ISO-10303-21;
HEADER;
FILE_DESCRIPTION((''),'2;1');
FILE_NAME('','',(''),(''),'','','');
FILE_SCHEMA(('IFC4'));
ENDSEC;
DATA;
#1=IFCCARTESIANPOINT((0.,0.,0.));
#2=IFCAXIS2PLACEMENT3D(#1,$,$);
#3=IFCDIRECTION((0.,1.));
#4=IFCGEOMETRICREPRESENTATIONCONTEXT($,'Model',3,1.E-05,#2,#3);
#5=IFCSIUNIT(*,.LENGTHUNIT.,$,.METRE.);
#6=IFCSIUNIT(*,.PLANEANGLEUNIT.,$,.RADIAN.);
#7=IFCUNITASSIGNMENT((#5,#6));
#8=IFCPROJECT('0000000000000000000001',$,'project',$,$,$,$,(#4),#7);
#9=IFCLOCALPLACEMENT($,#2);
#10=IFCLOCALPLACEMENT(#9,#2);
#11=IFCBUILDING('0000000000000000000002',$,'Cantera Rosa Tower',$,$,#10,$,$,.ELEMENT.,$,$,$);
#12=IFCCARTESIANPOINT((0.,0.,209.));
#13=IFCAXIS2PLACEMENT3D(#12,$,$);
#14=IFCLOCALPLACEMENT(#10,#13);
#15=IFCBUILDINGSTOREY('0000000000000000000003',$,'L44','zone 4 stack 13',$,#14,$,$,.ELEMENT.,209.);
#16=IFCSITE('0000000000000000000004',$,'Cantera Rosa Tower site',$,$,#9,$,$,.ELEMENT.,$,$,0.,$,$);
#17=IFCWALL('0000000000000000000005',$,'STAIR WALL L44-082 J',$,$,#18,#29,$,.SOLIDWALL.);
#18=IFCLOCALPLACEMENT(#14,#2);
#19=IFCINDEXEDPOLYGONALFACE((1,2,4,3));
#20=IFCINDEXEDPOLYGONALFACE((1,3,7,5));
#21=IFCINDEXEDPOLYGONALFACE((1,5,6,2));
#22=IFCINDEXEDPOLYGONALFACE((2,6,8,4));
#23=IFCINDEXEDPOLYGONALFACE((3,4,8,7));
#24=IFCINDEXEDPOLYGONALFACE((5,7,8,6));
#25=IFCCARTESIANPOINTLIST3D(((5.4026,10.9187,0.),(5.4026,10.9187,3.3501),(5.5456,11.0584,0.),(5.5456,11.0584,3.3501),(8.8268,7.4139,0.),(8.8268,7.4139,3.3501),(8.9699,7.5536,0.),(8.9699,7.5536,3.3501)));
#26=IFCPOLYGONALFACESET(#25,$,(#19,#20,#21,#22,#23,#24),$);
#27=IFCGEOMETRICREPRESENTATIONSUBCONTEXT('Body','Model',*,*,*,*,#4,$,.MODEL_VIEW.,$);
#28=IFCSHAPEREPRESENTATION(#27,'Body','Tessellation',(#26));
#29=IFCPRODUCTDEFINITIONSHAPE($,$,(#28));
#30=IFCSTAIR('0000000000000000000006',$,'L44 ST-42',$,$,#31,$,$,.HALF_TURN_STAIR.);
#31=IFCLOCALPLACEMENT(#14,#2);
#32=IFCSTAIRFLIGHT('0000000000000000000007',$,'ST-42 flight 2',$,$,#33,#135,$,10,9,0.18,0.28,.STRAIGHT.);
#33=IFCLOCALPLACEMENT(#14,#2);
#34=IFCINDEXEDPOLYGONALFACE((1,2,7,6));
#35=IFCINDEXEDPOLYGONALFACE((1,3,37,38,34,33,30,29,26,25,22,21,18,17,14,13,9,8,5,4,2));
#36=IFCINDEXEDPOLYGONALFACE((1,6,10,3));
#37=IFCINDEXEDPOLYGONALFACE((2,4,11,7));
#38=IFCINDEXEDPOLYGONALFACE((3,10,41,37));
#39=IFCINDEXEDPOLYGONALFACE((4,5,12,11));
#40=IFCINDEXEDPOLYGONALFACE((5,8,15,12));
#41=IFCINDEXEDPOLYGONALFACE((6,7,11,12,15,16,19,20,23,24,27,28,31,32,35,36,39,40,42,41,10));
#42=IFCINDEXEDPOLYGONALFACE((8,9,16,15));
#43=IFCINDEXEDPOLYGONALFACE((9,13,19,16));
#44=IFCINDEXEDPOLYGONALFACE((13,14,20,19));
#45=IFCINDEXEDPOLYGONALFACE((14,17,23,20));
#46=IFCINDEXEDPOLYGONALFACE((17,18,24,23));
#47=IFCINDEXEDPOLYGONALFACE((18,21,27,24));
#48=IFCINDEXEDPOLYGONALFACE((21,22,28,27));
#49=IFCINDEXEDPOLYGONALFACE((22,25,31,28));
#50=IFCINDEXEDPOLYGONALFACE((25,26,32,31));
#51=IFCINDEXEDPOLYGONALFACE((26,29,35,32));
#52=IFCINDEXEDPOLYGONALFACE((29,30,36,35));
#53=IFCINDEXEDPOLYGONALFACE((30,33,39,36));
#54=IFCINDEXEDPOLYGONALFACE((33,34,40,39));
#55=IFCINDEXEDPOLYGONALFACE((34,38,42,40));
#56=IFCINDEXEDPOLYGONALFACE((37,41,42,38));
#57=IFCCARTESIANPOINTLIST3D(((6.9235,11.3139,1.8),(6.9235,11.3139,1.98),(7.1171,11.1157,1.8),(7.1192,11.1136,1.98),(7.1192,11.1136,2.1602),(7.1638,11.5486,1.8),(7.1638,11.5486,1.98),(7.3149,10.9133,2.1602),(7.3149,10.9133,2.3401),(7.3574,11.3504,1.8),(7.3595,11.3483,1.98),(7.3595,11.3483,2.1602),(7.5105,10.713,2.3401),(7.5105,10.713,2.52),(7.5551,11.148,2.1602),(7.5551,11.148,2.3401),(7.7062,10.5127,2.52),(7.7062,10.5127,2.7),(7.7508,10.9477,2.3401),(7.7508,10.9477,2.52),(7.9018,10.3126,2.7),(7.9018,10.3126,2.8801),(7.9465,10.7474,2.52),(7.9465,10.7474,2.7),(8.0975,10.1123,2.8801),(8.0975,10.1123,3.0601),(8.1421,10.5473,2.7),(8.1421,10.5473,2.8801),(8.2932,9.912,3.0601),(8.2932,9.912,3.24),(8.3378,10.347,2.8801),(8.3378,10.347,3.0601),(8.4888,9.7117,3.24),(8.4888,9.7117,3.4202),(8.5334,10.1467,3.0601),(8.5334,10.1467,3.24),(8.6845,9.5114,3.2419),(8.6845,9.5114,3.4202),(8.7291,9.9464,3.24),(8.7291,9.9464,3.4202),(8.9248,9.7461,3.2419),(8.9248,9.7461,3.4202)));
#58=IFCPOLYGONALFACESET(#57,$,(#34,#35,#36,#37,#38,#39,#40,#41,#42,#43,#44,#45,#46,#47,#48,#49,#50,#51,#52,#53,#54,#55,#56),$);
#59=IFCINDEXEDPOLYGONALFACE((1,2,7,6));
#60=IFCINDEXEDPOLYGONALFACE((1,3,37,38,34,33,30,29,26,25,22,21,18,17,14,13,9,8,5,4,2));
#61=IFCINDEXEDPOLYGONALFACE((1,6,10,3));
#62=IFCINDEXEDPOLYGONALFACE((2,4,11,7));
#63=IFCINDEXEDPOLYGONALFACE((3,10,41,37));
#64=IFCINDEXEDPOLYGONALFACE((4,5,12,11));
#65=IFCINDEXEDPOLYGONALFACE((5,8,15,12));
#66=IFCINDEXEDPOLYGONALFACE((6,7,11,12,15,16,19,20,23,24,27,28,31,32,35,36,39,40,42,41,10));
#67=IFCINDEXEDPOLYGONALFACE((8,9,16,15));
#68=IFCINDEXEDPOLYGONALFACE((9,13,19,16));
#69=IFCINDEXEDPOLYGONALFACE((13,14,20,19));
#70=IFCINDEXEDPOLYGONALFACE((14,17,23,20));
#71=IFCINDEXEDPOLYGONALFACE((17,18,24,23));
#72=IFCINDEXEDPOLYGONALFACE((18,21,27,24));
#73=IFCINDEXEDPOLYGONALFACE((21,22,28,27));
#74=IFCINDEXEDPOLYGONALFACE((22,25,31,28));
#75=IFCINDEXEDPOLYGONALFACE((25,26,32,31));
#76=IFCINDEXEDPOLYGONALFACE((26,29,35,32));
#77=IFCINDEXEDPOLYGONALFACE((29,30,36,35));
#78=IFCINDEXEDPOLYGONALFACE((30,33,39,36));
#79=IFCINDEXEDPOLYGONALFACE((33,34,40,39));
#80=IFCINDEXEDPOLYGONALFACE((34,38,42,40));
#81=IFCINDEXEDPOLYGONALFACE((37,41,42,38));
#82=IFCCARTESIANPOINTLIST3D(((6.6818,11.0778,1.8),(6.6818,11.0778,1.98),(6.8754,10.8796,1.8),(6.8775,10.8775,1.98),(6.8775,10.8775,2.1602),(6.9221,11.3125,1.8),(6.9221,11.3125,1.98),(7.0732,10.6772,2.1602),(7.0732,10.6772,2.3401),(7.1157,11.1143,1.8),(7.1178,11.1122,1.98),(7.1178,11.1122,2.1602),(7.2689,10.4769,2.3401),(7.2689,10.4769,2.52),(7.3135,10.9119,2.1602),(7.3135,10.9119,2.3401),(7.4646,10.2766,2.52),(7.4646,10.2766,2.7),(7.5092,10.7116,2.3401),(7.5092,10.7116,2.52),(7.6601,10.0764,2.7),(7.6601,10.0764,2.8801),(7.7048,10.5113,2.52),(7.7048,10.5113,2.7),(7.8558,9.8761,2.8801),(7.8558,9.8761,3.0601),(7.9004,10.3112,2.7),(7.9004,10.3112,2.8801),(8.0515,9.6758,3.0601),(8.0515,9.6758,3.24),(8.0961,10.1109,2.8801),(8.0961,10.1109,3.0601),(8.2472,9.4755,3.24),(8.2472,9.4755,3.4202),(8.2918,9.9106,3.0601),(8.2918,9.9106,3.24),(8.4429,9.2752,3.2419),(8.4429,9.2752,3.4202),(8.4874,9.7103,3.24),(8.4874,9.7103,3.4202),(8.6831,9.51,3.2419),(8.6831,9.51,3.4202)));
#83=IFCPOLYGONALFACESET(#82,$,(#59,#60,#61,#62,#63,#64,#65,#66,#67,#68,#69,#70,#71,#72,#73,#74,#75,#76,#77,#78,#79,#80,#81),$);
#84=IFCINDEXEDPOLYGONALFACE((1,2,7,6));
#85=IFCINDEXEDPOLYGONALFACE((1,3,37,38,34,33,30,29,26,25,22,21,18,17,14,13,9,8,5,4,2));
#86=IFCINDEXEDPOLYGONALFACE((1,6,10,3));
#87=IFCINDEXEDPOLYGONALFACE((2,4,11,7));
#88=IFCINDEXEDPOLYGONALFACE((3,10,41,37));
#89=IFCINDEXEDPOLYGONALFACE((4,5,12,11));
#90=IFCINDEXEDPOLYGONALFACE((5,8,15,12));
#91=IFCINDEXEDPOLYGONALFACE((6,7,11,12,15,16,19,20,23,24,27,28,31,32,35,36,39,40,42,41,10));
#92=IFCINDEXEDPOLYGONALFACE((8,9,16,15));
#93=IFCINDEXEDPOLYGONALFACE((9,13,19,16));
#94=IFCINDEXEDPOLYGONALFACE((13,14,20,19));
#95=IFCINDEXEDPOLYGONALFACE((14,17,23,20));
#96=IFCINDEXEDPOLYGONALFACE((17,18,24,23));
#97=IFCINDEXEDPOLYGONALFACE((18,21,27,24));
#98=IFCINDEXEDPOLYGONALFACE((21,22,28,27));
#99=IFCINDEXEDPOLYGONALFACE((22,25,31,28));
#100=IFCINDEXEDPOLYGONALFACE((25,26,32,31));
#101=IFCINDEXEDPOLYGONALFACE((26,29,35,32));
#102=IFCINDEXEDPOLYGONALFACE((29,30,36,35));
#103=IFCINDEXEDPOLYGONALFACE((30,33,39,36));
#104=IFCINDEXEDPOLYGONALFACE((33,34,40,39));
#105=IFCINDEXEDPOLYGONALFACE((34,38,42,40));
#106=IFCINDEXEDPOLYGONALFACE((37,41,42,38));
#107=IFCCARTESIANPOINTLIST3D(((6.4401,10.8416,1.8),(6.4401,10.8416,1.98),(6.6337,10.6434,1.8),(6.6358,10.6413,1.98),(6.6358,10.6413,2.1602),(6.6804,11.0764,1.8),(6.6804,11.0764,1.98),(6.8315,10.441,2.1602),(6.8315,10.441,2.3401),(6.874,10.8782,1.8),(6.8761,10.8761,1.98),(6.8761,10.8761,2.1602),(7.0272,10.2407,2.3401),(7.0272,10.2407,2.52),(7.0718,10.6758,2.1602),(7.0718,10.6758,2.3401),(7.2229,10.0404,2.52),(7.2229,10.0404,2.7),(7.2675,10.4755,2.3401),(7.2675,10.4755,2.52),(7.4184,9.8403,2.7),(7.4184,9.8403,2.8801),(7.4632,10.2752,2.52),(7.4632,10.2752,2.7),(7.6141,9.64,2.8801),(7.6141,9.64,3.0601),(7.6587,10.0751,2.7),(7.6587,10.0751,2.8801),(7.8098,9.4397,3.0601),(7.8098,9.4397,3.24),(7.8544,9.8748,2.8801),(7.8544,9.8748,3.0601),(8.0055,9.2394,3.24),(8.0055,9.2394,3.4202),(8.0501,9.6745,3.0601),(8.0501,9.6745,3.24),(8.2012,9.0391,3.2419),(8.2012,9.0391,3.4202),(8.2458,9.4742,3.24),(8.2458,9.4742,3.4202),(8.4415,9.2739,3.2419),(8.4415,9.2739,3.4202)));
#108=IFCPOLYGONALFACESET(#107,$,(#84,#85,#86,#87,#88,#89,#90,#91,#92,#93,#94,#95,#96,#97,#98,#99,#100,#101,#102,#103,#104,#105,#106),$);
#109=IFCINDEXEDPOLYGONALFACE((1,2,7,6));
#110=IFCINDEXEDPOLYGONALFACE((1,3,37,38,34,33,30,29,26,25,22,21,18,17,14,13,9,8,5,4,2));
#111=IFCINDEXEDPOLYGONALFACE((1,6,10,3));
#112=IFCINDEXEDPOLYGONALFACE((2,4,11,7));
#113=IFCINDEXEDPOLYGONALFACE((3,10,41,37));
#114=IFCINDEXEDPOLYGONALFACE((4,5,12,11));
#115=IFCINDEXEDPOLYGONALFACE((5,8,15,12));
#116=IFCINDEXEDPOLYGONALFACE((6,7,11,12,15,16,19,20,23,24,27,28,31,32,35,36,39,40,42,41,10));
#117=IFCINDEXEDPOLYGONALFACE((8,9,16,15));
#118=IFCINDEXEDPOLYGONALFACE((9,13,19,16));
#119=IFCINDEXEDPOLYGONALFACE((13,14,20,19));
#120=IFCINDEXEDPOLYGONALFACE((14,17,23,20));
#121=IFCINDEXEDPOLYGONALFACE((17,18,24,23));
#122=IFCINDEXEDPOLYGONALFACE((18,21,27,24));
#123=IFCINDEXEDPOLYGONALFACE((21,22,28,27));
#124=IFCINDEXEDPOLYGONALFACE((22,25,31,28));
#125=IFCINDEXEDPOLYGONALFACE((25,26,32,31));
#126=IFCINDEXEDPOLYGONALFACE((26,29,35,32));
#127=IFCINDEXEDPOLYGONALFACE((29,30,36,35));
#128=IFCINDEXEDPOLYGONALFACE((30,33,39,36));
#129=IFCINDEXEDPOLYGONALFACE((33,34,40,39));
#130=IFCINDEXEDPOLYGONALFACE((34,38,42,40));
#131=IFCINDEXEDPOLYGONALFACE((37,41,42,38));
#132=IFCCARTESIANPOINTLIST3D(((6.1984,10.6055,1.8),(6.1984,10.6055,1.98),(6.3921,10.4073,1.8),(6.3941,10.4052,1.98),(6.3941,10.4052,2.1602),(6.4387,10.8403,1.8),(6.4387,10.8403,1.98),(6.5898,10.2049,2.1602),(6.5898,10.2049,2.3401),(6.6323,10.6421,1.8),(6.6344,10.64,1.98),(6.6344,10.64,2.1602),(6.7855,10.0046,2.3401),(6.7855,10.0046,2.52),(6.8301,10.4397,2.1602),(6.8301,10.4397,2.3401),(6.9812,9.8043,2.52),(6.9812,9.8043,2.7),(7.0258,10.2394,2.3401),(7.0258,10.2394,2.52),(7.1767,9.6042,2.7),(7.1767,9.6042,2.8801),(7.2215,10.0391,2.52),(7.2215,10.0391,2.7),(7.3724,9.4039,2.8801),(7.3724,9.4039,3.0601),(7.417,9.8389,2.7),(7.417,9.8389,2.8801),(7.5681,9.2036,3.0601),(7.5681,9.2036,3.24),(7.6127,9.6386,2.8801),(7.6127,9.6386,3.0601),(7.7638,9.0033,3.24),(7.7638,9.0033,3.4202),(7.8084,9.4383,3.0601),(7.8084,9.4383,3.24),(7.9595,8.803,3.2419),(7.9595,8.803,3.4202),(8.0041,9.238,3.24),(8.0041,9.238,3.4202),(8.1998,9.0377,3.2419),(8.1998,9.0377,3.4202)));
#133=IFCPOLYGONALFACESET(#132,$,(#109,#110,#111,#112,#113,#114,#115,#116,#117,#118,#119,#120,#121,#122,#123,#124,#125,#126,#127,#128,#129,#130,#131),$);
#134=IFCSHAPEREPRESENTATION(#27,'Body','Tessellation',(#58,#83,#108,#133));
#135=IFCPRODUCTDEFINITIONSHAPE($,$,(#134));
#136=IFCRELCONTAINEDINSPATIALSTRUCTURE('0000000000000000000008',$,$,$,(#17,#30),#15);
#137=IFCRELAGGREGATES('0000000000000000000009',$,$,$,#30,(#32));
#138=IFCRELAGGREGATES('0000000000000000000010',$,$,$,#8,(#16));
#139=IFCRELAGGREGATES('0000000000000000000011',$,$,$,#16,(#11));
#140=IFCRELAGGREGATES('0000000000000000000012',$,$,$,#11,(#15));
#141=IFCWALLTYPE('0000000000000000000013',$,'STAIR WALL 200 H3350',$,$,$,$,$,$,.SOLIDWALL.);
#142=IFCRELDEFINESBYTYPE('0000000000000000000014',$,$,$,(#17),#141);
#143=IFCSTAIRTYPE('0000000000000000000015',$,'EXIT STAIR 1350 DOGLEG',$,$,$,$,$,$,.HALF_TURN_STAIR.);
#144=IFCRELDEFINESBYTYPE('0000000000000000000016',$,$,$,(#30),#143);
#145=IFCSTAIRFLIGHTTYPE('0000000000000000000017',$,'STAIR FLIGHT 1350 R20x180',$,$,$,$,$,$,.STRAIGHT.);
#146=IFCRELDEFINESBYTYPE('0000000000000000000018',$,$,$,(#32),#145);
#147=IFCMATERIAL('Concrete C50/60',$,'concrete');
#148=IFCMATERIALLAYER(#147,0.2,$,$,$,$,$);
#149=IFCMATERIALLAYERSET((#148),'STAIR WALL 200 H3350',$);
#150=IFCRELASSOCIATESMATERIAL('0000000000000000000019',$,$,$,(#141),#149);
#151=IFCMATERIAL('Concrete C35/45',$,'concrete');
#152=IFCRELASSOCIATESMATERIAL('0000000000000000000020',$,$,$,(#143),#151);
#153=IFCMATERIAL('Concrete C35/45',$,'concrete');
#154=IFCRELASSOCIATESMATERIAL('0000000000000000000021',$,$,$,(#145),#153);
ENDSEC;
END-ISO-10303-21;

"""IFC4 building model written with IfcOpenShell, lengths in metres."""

from ifc_helpers import new_model, si_unit, direction, frame, frame_2d, origin, place, context, subcontext, project, spatial, polyline, rectangle, outline, extrude, material, layer, layer_set, type_object, element, aggregate, save


model = new_model("IFC4")

# Units and contexts
model_context = context("Model", 3, precision=1e-05, world=origin(), true_north=direction((0.0, 1.0)))
body_context = subcontext(model_context, "Body", "Model", "MODEL_VIEW")
ifc_project = project(units=[si_unit("LENGTHUNIT", "METRE"), si_unit("PLANEANGLEUNIT", "RADIAN")], contexts=[model_context])

# Site, building, storey
site_placement = place(None, origin())
site = spatial("IfcSite", under=ifc_project, at=site_placement, Name="Cantera Rosa Tower site", CompositionType="ELEMENT", RefElevation=0.0)
building_placement = place(site_placement, origin())
building = spatial("IfcBuilding", under=site, at=building_placement, Name="Cantera Rosa Tower", CompositionType="ELEMENT")
storey_placement = place(building_placement, frame((0.0, 0.0, 209.0)))
storey = spatial("IfcBuildingStorey", under=building, at=storey_placement, Name="L44", Description="zone 4 stack 13", CompositionType="ELEMENT", Elevation=209.0)

# Wall
ifc_material_1 = material(Name="Concrete C50/60", Category="concrete")
ifc_layer_1 = layer(ifc_material_1, 0.2)
ifc_layer_set_1 = layer_set([ifc_layer_1], Name="STAIR WALL 200 H3350")
wall_type_1 = type_object("IfcWallType", Name="STAIR WALL 200 H3350", PredefinedType="SOLIDWALL", material=ifc_layer_set_1)
wall_1_placement = place(storey_placement, frame((5.4741, 10.9885, 0.0), z_axis=(0.0, 0.0, 1.0), x_axis=(0.698838, -0.71528, 0.0)))
element("IfcWall", 1, at=wall_1_placement, inside=storey, type_object=wall_type_1, Name="STAIR WALL L44-082 J", PredefinedType="SOLIDWALL", context=body_context, shape_type="SweptSolid", body=[
    extrude(rectangle(XDim=4.8999, YDim=0.2, at=frame_2d((2.45, 0.0))), origin(), (0.0, 0.0, 1.0), 3.3501),
])

# Stair, stair flight
ifc_material_2 = material(Name="Concrete C35/45", Category="concrete")
stair_type = type_object("IfcStairType", Name="EXIT STAIR 1350 DOGLEG", PredefinedType="HALF_TURN_STAIR", material=ifc_material_2)
stair_placement = place(storey_placement, origin())
stair = element("IfcStair", 2, at=stair_placement, inside=storey, type_object=stair_type, Name="L44 ST-42", PredefinedType="HALF_TURN_STAIR")
ifc_material_3 = material(Name="Concrete C35/45", Category="concrete")
stair_flight_type = type_object("IfcStairFlightType", Name="STAIR FLIGHT 1350 R20x180", PredefinedType="STRAIGHT", material=ifc_material_3)
stair_flight_placement = place(storey_placement, frame((6.6809, 11.0769, 1.8), z_axis=(0.0, 0.0, 1.0), x_axis=(0.698832, -0.715286, 0.0)))
stair_flight = element("IfcStairFlight", 3, at=stair_flight_placement, type_object=stair_flight_type, Name="ST-42 flight 2", NumberOfRisers=10, NumberOfTreads=9, PredefinedType="STRAIGHT", RiserHeight=0.18, TreadLength=0.28, context=body_context, shape_type="SweptSolid", body=[
    extrude(outline(polyline([(0.0, 0.0), (0.0, 0.1799), (0.28, 0.1799), (0.28, 0.3601), (0.5601, 0.3601), (0.5601, 0.54), (0.8401, 0.54), (0.8401, 0.72), (1.1201, 0.72), (1.1201, 0.8999), (1.3999, 0.8999), (1.3999, 1.0801), (1.6799, 1.0801), (1.6799, 1.26), (1.96, 1.26), (1.96, 1.4399), (2.24, 1.4399), (2.24, 1.6201), (2.52, 1.6201), (2.52, 1.8), (2.52, 1.4419), (0.2771, 0.0), (0.0, 0.0)])), frame((0.0, 0.675, 0.0), z_axis=(0.0, -1.0, 0.0), x_axis=(1.0, 0.0, 0.0)), (0.0, 0.0, 1.0), 0.3359),
    extrude(outline(polyline([(0.0, 0.0), (0.0, 0.1799), (0.28, 0.1799), (0.28, 0.3601), (0.5601, 0.3601), (0.5601, 0.54), (0.8401, 0.54), (0.8401, 0.72), (1.1201, 0.72), (1.1201, 0.8999), (1.3999, 0.8999), (1.3999, 1.0801), (1.6799, 1.0801), (1.6799, 1.26), (1.96, 1.26), (1.96, 1.4399), (2.24, 1.4399), (2.24, 1.6201), (2.52, 1.6201), (2.52, 1.8), (2.52, 1.4419), (0.2771, 0.0), (0.0, 0.0)])), frame((0.0, 0.3372, 0.0), z_axis=(0.0, -1.0, 0.0), x_axis=(1.0, 0.0, 0.0)), (0.0, 0.0, 1.0), 0.3359),
    extrude(outline(polyline([(0.0, 0.0), (0.0, 0.1799), (0.28, 0.1799), (0.28, 0.3601), (0.5601, 0.3601), (0.5601, 0.54), (0.8401, 0.54), (0.8401, 0.72), (1.1201, 0.72), (1.1201, 0.8999), (1.3999, 0.8999), (1.3999, 1.0801), (1.6799, 1.0801), (1.6799, 1.26), (1.96, 1.26), (1.96, 1.4399), (2.24, 1.4399), (2.24, 1.6201), (2.52, 1.6201), (2.52, 1.8), (2.52, 1.4419), (0.2771, 0.0), (0.0, 0.0)])), frame((0.0, -0.0007, 0.0), z_axis=(0.0, -1.0, 0.0), x_axis=(1.0, 0.0, 0.0)), (0.0, 0.0, 1.0), 0.3359),
    extrude(outline(polyline([(0.0, 0.0), (0.0, 0.1799), (0.28, 0.1799), (0.28, 0.3601), (0.5601, 0.3601), (0.5601, 0.54), (0.8401, 0.54), (0.8401, 0.72), (1.1201, 0.72), (1.1201, 0.8999), (1.3999, 0.8999), (1.3999, 1.0801), (1.6799, 1.0801), (1.6799, 1.26), (1.96, 1.26), (1.96, 1.4399), (2.24, 1.4399), (2.24, 1.6201), (2.52, 1.6201), (2.52, 1.8), (2.52, 1.4419), (0.2771, 0.0), (0.0, 0.0)])), frame((0.0, -0.3386, 0.0), z_axis=(0.0, -1.0, 0.0), x_axis=(1.0, 0.0, 0.0)), (0.0, 0.0, 1.0), 0.3359),
])
aggregate(stair, [stair_flight])

save(model, "model.ifc")
